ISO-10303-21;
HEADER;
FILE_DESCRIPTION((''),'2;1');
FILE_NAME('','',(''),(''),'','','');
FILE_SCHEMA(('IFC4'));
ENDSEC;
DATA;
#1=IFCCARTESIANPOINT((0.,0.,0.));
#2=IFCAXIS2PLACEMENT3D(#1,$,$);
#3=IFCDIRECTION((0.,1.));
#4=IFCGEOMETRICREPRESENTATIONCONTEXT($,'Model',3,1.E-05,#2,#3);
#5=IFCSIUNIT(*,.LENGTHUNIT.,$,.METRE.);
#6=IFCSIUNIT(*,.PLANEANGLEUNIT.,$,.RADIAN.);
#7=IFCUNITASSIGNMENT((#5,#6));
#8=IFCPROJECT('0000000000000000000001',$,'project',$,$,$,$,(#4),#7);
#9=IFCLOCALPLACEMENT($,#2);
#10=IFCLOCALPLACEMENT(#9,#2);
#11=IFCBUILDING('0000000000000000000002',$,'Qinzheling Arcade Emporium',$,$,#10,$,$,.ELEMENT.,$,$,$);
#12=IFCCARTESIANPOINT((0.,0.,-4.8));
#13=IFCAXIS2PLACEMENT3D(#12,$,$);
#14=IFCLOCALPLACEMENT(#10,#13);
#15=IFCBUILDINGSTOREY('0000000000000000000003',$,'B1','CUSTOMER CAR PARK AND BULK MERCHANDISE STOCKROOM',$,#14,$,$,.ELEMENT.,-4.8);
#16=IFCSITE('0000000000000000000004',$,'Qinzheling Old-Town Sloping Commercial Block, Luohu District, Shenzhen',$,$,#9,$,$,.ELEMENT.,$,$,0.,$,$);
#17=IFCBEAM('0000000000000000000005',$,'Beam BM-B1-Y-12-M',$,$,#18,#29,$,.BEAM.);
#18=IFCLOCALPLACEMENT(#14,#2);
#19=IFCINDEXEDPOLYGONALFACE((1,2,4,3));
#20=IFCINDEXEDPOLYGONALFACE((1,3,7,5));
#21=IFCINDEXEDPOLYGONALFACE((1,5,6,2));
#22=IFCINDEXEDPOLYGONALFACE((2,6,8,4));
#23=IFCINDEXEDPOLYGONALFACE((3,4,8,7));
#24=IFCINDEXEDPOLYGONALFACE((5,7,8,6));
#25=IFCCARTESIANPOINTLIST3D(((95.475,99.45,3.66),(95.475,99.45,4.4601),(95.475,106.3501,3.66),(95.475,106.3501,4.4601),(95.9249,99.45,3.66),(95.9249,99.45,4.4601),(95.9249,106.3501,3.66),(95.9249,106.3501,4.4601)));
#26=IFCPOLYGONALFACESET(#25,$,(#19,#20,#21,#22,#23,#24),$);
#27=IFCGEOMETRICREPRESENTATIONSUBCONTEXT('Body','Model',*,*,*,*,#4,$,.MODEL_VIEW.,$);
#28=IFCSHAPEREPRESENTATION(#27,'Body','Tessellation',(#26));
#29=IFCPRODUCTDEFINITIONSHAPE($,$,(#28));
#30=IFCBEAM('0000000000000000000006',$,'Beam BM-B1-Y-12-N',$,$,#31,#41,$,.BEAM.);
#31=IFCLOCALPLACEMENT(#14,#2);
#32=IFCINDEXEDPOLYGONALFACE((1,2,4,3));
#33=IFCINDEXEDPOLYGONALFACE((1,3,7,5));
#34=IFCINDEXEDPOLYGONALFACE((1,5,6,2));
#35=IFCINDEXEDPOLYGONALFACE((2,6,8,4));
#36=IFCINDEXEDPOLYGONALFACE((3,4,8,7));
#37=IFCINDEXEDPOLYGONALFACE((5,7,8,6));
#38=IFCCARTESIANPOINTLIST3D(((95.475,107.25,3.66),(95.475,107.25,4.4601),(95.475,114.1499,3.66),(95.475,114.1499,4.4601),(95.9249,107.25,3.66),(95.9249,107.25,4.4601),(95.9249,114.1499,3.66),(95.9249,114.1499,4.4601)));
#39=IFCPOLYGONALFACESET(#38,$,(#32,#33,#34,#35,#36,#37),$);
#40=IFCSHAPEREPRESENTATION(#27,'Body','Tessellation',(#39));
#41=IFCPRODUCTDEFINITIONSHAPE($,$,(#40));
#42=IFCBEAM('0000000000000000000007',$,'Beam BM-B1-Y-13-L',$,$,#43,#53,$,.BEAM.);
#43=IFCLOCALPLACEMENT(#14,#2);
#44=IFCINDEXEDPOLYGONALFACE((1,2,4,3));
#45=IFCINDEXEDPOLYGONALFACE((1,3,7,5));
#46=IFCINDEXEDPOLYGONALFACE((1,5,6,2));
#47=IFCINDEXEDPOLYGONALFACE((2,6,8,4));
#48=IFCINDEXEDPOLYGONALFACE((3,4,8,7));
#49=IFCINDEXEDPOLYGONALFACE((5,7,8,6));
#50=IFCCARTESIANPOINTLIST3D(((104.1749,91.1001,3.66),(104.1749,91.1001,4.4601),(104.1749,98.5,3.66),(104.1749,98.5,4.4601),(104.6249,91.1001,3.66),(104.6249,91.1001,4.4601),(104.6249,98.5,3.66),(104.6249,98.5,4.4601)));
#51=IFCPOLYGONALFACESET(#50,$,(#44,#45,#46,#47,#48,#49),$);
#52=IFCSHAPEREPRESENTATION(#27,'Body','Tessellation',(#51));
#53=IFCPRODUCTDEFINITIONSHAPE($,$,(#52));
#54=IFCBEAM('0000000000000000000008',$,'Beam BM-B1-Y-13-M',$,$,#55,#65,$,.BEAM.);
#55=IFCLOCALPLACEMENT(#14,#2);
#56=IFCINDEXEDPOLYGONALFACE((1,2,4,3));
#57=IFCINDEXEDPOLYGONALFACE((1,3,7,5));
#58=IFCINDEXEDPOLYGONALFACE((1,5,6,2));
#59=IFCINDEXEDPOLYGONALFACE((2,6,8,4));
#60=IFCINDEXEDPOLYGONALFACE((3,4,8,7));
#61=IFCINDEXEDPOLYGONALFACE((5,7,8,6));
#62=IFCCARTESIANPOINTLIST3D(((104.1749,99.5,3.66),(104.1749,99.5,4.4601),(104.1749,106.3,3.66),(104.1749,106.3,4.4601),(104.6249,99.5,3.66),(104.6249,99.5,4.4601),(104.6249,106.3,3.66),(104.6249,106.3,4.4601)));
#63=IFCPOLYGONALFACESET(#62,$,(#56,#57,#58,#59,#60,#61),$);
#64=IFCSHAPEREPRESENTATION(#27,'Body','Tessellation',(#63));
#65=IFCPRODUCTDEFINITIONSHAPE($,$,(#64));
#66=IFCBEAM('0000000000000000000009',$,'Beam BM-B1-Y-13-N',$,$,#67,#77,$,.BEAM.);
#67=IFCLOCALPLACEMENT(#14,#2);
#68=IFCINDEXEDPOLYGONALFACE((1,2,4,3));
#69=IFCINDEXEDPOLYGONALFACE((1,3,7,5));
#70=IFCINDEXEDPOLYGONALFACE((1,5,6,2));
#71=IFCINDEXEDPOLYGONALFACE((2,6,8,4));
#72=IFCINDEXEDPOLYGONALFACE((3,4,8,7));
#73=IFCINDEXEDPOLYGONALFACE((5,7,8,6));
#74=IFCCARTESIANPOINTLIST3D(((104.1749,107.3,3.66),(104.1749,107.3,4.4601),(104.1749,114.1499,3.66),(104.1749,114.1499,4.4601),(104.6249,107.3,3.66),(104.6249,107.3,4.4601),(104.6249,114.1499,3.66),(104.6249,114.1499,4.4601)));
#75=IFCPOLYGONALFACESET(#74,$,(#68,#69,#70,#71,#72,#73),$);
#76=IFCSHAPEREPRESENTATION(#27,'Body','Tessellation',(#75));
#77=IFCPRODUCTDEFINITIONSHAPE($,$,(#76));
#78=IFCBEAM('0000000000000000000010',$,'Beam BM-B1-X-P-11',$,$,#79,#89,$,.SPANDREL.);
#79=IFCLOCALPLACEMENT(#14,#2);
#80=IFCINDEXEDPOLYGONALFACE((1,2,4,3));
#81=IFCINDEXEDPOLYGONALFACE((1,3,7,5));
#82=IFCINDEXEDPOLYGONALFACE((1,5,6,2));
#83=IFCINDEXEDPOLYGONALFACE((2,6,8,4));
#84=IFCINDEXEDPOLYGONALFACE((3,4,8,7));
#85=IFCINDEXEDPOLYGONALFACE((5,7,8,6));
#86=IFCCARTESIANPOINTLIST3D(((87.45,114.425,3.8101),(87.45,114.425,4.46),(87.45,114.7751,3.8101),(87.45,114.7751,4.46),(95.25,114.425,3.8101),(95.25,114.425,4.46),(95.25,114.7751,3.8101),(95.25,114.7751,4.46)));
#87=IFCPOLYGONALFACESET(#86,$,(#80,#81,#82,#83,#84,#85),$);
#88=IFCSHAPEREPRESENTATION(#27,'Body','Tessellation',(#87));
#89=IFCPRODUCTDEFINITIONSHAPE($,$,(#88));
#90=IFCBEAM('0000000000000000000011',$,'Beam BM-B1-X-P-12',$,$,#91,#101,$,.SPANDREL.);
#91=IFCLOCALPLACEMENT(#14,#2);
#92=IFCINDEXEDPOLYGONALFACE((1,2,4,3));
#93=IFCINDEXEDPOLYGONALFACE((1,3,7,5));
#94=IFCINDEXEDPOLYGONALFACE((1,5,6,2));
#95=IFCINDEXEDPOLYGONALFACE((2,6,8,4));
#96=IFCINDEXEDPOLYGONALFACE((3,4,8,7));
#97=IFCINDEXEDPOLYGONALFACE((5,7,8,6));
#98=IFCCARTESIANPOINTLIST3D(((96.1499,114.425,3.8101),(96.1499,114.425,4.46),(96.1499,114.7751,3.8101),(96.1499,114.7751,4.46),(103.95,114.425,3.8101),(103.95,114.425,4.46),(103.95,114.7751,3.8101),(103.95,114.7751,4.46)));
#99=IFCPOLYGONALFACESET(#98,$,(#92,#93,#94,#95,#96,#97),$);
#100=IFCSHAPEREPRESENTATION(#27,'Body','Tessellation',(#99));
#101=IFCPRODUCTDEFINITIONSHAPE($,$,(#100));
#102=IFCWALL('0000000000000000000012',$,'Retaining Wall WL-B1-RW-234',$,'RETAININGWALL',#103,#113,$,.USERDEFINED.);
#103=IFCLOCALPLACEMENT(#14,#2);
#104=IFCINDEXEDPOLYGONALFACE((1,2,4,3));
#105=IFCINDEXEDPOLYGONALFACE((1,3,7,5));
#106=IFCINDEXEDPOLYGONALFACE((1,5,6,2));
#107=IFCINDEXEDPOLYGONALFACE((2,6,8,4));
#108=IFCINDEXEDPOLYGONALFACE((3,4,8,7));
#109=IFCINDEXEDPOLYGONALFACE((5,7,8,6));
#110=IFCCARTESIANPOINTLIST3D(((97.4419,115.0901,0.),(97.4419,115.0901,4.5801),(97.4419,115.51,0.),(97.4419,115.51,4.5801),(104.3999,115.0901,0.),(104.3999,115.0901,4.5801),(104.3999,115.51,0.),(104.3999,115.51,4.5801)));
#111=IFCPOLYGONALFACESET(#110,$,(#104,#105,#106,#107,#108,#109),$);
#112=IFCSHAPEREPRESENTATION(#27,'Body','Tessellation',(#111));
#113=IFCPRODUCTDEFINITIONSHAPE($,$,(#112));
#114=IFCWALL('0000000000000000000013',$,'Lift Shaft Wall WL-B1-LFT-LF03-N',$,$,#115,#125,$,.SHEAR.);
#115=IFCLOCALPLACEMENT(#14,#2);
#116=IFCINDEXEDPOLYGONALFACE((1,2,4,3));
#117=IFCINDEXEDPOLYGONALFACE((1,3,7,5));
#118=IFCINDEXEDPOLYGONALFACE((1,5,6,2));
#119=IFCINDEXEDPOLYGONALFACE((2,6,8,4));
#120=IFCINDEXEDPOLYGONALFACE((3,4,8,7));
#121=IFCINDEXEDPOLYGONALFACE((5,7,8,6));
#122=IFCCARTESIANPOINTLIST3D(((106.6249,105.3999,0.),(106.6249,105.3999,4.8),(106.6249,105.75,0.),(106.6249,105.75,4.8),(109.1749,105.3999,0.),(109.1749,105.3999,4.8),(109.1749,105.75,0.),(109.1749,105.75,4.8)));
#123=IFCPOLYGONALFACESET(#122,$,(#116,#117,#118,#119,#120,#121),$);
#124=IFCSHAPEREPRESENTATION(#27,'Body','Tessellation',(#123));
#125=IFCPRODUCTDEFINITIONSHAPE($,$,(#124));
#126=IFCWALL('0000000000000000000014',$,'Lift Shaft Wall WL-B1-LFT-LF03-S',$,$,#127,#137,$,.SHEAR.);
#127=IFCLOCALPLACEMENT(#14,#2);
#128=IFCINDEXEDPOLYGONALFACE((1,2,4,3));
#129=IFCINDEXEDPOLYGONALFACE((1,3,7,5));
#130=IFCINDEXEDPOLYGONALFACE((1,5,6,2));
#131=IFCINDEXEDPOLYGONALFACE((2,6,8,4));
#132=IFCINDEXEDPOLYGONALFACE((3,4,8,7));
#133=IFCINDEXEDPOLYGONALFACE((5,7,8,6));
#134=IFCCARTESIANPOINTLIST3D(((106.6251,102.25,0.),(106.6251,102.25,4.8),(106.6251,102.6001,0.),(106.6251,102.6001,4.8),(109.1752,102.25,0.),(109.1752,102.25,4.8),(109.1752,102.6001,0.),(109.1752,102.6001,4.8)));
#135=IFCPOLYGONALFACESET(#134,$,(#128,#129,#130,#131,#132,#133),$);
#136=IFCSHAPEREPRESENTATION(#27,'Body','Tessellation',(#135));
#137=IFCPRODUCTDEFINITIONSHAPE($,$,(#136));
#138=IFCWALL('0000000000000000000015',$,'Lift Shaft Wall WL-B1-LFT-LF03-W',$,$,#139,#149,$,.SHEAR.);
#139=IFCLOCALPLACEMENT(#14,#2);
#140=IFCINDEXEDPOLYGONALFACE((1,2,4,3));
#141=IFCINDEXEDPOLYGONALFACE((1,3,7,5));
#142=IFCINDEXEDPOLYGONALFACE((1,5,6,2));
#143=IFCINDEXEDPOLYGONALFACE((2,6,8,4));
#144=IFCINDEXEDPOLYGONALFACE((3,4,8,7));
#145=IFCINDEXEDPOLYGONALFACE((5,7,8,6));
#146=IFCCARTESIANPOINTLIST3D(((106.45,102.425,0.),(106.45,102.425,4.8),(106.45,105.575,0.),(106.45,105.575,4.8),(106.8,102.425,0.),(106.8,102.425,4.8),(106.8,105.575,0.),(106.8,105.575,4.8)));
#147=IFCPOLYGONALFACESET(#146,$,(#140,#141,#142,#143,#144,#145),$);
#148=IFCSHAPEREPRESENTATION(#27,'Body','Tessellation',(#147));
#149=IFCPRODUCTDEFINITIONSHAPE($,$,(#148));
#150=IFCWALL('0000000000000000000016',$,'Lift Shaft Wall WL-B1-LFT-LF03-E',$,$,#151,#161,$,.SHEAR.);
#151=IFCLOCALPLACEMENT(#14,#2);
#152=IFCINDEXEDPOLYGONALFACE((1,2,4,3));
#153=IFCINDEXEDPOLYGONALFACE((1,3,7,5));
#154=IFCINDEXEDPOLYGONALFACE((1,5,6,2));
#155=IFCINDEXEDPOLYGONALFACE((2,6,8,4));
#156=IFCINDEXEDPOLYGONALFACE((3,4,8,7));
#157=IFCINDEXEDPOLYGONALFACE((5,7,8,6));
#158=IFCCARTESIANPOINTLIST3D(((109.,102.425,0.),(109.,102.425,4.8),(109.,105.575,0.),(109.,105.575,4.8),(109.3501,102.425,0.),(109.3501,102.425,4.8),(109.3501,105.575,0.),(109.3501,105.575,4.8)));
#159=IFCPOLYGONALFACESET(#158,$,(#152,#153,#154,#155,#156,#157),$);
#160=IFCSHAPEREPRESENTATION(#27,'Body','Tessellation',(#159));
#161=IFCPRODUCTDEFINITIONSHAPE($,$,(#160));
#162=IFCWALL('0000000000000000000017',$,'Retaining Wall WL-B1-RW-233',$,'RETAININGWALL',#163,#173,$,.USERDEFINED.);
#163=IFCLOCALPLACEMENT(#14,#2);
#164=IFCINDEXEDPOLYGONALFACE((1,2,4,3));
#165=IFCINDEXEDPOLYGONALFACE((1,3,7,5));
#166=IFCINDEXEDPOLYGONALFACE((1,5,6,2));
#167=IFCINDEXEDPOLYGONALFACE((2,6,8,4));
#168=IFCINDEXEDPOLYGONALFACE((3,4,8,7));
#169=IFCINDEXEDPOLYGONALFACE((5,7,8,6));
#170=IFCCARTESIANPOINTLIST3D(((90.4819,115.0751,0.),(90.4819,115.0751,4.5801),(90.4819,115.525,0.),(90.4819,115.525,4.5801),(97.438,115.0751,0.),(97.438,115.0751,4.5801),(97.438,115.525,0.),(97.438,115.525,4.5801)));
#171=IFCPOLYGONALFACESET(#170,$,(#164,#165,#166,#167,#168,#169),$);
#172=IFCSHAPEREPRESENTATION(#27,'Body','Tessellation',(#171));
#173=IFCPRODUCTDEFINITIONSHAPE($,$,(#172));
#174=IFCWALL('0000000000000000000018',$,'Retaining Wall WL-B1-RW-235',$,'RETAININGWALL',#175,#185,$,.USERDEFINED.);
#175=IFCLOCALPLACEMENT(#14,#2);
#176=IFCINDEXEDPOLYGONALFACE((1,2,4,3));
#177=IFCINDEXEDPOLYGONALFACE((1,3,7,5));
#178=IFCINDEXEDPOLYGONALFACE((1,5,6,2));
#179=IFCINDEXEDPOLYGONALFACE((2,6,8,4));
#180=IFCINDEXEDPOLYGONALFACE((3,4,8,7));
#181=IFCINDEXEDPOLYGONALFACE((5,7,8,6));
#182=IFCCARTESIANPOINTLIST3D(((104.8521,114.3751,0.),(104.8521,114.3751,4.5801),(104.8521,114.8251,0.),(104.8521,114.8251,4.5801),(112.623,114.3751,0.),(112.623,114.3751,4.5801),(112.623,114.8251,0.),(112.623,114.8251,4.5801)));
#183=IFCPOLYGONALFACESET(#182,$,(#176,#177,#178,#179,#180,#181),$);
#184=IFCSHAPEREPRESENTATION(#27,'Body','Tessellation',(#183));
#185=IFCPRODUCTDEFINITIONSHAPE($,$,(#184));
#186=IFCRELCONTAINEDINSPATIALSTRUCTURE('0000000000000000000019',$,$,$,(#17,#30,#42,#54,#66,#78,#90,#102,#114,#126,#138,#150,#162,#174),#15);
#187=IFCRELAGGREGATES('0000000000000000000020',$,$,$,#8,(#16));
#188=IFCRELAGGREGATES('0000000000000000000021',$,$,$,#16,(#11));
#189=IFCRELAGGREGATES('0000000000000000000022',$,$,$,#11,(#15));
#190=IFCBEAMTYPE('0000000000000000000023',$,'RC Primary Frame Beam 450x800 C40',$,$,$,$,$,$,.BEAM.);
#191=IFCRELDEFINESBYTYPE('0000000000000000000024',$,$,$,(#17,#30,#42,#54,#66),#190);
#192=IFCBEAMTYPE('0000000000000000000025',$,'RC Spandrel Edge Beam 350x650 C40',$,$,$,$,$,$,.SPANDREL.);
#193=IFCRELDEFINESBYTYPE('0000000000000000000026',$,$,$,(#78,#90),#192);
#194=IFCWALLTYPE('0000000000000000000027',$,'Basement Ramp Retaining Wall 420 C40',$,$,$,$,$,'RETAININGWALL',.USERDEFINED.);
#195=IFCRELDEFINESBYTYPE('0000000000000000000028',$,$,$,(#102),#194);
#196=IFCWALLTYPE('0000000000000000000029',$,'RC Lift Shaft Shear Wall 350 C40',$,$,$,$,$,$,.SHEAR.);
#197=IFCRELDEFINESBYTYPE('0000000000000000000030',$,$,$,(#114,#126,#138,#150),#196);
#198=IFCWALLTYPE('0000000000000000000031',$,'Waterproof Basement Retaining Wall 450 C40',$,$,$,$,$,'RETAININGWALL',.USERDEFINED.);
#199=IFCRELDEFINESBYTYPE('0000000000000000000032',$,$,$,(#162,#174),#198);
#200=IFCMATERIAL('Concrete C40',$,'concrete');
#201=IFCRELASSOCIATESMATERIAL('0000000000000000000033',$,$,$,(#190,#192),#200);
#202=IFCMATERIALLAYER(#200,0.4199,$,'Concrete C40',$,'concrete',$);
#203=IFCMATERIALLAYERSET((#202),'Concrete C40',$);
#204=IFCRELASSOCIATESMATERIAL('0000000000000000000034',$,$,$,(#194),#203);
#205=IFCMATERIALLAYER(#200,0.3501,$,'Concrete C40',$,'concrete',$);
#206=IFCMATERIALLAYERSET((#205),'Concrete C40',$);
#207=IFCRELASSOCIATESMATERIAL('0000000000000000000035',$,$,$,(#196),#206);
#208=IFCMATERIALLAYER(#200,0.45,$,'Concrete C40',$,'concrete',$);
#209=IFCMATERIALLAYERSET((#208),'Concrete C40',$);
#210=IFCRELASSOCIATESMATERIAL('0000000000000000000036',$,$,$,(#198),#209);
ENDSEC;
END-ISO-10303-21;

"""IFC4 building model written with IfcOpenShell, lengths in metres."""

from ifc_helpers import new_model, si_unit, direction, frame, frame_2d, origin, origin_2d, place, context, subcontext, project, spatial, rectangle, extrude, material, layer, layer_set, material_profile, profile_set, type_object, element, save


model = new_model("IFC4")

# Units and contexts
model_context = context("Model", 3, precision=1e-05, world=origin(), true_north=direction((0.0, 1.0)))
body_context = subcontext(model_context, "Body", "Model", "MODEL_VIEW")
ifc_project = project(units=[si_unit("LENGTHUNIT", "METRE"), si_unit("PLANEANGLEUNIT", "RADIAN")], contexts=[model_context])

# Site, building, storey
site_placement = place(None, origin())
site = spatial("IfcSite", under=ifc_project, at=site_placement, Name="Qinzheling Old-Town Sloping Commercial Block, Luohu District, Shenzhen", CompositionType="ELEMENT", RefElevation=0.0)
building_placement = place(site_placement, origin())
building = spatial("IfcBuilding", under=site, at=building_placement, Name="Qinzheling Arcade Emporium", CompositionType="ELEMENT")
storey_placement = place(building_placement, frame((0.0, 0.0, -4.8)))
storey = spatial("IfcBuildingStorey", under=building, at=storey_placement, Name="B1", Description="CUSTOMER CAR PARK AND BULK MERCHANDISE STOCKROOM", CompositionType="ELEMENT", Elevation=-4.8)

# Beams
ifc_material_1 = material(Name="Concrete C40", Category="concrete")
ifc_material_profile_1 = material_profile(ifc_material_1, rectangle(XDim=0.45, YDim=0.8, at=origin_2d()), Name="RC 450x800", Category="concrete")
ifc_profile_set_1 = profile_set([ifc_material_profile_1], Name="Concrete C40")
beam_type_1 = type_object("IfcBeamType", Name="RC Primary Frame Beam 450x800 C40", PredefinedType="BEAM", material=ifc_profile_set_1)
beam_1_placement = place(storey_placement, frame((95.7, 99.45, 4.0601), z_axis=(0.0, 1.0, 0.0), x_axis=(-1.0, 0.0, 0.0)))
element("IfcBeam", 1, at=beam_1_placement, inside=storey, type_object=beam_type_1, Name="Beam BM-B1-Y-12-M", PredefinedType="BEAM", context=body_context, shape_type="SweptSolid", body=[
    extrude(rectangle(XDim=0.45, YDim=0.8, at=origin_2d()), origin(), (0.0, 0.0, 1.0), 6.9001),
])
beam_2_placement = place(storey_placement, frame((95.7, 107.25, 4.0601), z_axis=(0.0, 1.0, 0.0), x_axis=(-1.0, 0.0, 0.0)))
element("IfcBeam", 2, at=beam_2_placement, inside=storey, type_object=beam_type_1, Name="Beam BM-B1-Y-12-N", PredefinedType="BEAM", context=body_context, shape_type="SweptSolid", body=[
    extrude(rectangle(XDim=0.45, YDim=0.8, at=origin_2d()), origin(), (0.0, 0.0, 1.0), 6.8999),
])
beam_3_placement = place(storey_placement, frame((104.3999, 91.1001, 4.0601), z_axis=(0.0, 1.0, 0.0), x_axis=(-1.0, 0.0, 0.0)))
element("IfcBeam", 3, at=beam_3_placement, inside=storey, type_object=beam_type_1, Name="Beam BM-B1-Y-13-L", PredefinedType="BEAM", context=body_context, shape_type="SweptSolid", body=[
    extrude(rectangle(XDim=0.45, YDim=0.8, at=origin_2d()), origin(), (0.0, 0.0, 1.0), 7.3999),
])
beam_4_placement = place(storey_placement, frame((104.3999, 99.5, 4.0601), z_axis=(0.0, 1.0, 0.0), x_axis=(-1.0, 0.0, 0.0)))
element("IfcBeam", 4, at=beam_4_placement, inside=storey, type_object=beam_type_1, Name="Beam BM-B1-Y-13-M", PredefinedType="BEAM", context=body_context, shape_type="SweptSolid", body=[
    extrude(rectangle(XDim=0.45, YDim=0.8, at=origin_2d()), origin(), (0.0, 0.0, 1.0), 6.8),
])
beam_5_placement = place(storey_placement, frame((104.3999, 107.3, 4.0601), z_axis=(0.0, 1.0, 0.0), x_axis=(-1.0, 0.0, 0.0)))
element("IfcBeam", 5, at=beam_5_placement, inside=storey, type_object=beam_type_1, Name="Beam BM-B1-Y-13-N", PredefinedType="BEAM", context=body_context, shape_type="SweptSolid", body=[
    extrude(rectangle(XDim=0.45, YDim=0.8, at=origin_2d()), origin(), (0.0, 0.0, 1.0), 6.8499),
])
ifc_material_profile_2 = material_profile(ifc_material_1, rectangle(XDim=0.3501, YDim=0.6499, at=origin_2d()), Name="RC 350x650", Category="concrete")
ifc_profile_set_2 = profile_set([ifc_material_profile_2], Name="Concrete C40")
beam_type_2 = type_object("IfcBeamType", Name="RC Spandrel Edge Beam 350x650 C40", PredefinedType="SPANDREL", material=ifc_profile_set_2)
for number, where, z_axis, x_axis, name in (
    (6, (87.45, 114.6001, 4.135), (1.0, 0.0, 0.0), (0.0, 1.0, 0.0), "Beam BM-B1-X-P-11"),
    (7, (96.1499, 114.6001, 4.135), (1.0, 0.0, 0.0), (0.0, 1.0, 0.0), "Beam BM-B1-X-P-12"),
):
    element("IfcBeam", number, at=place(storey_placement, frame(where, z_axis=z_axis, x_axis=x_axis)), inside=storey, type_object=beam_type_2, Name=name, PredefinedType="SPANDREL", context=body_context, shape_type="SweptSolid", body=[
        extrude(rectangle(XDim=0.3501, YDim=0.6499, at=origin_2d()), origin(), (0.0, 0.0, 1.0), 7.8),
    ])

# Walls
ifc_layer_1 = layer(ifc_material_1, 0.4199, Name="Concrete C40", Category="concrete")
ifc_layer_set_1 = layer_set([ifc_layer_1], Name="Concrete C40")
wall_type_1 = type_object("IfcWallType", Name="Basement Ramp Retaining Wall 420 C40", ElementType="RETAININGWALL", PredefinedType="USERDEFINED", material=ifc_layer_set_1)
wall_1_placement = place(storey_placement, frame((97.4419, 115.3, 0.0), z_axis=(0.0, 0.0, 1.0), x_axis=(1.0, 0.0, 0.0)))
element("IfcWall", 8, at=wall_1_placement, inside=storey, type_object=wall_type_1, Name="Retaining Wall WL-B1-RW-234", ObjectType="RETAININGWALL", PredefinedType="USERDEFINED", context=body_context, shape_type="SweptSolid", body=[
    extrude(rectangle(XDim=6.958, YDim=0.4199, at=frame_2d((3.479, 0.0))), origin(), (0.0, 0.0, 1.0), 4.5801),
])
ifc_layer_2 = layer(ifc_material_1, 0.3501, Name="Concrete C40", Category="concrete")
ifc_layer_set_2 = layer_set([ifc_layer_2], Name="Concrete C40")
wall_type_2 = type_object("IfcWallType", Name="RC Lift Shaft Shear Wall 350 C40", PredefinedType="SHEAR", material=ifc_layer_set_2)
for number, where, z_axis, x_axis, name in (
    (9, (106.625, 105.575, 0.0), (0.0, 0.0, 1.0), (1.0, 0.0, 0.0), "Lift Shaft Wall WL-B1-LFT-LF03-N"),
    (10, (109.175, 102.425, 0.0), (0.0, 0.0, 1.0), (-1.0, 0.0, 0.0), "Lift Shaft Wall WL-B1-LFT-LF03-S"),
):
    element("IfcWall", number, at=place(storey_placement, frame(where, z_axis=z_axis, x_axis=x_axis)), inside=storey, type_object=wall_type_2, Name=name, PredefinedType="SHEAR", context=body_context, shape_type="SweptSolid", body=[
        extrude(rectangle(XDim=2.55, YDim=0.3501, at=frame_2d((1.2749, 0.0))), origin(), (0.0, 0.0, 1.0), 4.8),
    ])
for number, where, z_axis, x_axis, name in (
    (11, (106.625, 102.425, 0.0), (0.0, 0.0, 1.0), (0.0, 1.0, 0.0), "Lift Shaft Wall WL-B1-LFT-LF03-W"),
    (12, (109.175, 105.575, 0.0), (0.0, 0.0, 1.0), (0.0, -1.0, 0.0), "Lift Shaft Wall WL-B1-LFT-LF03-E"),
):
    element("IfcWall", number, at=place(storey_placement, frame(where, z_axis=z_axis, x_axis=x_axis)), inside=storey, type_object=wall_type_2, Name=name, PredefinedType="SHEAR", context=body_context, shape_type="SweptSolid", body=[
        extrude(rectangle(XDim=3.1499, YDim=0.3501, at=frame_2d((1.575, 0.0))), origin(), (0.0, 0.0, 1.0), 4.8),
    ])
ifc_layer_3 = layer(ifc_material_1, 0.45, Name="Concrete C40", Category="concrete")
ifc_layer_set_3 = layer_set([ifc_layer_3], Name="Concrete C40")
wall_type_3 = type_object("IfcWallType", Name="Waterproof Basement Retaining Wall 450 C40", ElementType="RETAININGWALL", PredefinedType="USERDEFINED", material=ifc_layer_set_3)
wall_2_placement = place(storey_placement, frame((90.4819, 115.3, 0.0), z_axis=(0.0, 0.0, 1.0), x_axis=(1.0, 0.0, 0.0)))
element("IfcWall", 13, at=wall_2_placement, inside=storey, type_object=wall_type_3, Name="Retaining Wall WL-B1-RW-233", ObjectType="RETAININGWALL", PredefinedType="USERDEFINED", context=body_context, shape_type="SweptSolid", body=[
    extrude(rectangle(XDim=6.9561, YDim=0.45, at=frame_2d((3.478, 0.0))), origin(), (0.0, 0.0, 1.0), 4.5801),
])
wall_3_placement = place(storey_placement, frame((104.8521, 114.6001, 0.0), z_axis=(0.0, 0.0, 1.0), x_axis=(1.0, 0.0, 0.0)))
element("IfcWall", 14, at=wall_3_placement, inside=storey, type_object=wall_type_3, Name="Retaining Wall WL-B1-RW-235", ObjectType="RETAININGWALL", PredefinedType="USERDEFINED", context=body_context, shape_type="SweptSolid", body=[
    extrude(rectangle(XDim=7.771, YDim=0.45, at=frame_2d((3.8855, 0.0))), origin(), (0.0, 0.0, 1.0), 4.5801),
])

save(model, "model.ifc")
